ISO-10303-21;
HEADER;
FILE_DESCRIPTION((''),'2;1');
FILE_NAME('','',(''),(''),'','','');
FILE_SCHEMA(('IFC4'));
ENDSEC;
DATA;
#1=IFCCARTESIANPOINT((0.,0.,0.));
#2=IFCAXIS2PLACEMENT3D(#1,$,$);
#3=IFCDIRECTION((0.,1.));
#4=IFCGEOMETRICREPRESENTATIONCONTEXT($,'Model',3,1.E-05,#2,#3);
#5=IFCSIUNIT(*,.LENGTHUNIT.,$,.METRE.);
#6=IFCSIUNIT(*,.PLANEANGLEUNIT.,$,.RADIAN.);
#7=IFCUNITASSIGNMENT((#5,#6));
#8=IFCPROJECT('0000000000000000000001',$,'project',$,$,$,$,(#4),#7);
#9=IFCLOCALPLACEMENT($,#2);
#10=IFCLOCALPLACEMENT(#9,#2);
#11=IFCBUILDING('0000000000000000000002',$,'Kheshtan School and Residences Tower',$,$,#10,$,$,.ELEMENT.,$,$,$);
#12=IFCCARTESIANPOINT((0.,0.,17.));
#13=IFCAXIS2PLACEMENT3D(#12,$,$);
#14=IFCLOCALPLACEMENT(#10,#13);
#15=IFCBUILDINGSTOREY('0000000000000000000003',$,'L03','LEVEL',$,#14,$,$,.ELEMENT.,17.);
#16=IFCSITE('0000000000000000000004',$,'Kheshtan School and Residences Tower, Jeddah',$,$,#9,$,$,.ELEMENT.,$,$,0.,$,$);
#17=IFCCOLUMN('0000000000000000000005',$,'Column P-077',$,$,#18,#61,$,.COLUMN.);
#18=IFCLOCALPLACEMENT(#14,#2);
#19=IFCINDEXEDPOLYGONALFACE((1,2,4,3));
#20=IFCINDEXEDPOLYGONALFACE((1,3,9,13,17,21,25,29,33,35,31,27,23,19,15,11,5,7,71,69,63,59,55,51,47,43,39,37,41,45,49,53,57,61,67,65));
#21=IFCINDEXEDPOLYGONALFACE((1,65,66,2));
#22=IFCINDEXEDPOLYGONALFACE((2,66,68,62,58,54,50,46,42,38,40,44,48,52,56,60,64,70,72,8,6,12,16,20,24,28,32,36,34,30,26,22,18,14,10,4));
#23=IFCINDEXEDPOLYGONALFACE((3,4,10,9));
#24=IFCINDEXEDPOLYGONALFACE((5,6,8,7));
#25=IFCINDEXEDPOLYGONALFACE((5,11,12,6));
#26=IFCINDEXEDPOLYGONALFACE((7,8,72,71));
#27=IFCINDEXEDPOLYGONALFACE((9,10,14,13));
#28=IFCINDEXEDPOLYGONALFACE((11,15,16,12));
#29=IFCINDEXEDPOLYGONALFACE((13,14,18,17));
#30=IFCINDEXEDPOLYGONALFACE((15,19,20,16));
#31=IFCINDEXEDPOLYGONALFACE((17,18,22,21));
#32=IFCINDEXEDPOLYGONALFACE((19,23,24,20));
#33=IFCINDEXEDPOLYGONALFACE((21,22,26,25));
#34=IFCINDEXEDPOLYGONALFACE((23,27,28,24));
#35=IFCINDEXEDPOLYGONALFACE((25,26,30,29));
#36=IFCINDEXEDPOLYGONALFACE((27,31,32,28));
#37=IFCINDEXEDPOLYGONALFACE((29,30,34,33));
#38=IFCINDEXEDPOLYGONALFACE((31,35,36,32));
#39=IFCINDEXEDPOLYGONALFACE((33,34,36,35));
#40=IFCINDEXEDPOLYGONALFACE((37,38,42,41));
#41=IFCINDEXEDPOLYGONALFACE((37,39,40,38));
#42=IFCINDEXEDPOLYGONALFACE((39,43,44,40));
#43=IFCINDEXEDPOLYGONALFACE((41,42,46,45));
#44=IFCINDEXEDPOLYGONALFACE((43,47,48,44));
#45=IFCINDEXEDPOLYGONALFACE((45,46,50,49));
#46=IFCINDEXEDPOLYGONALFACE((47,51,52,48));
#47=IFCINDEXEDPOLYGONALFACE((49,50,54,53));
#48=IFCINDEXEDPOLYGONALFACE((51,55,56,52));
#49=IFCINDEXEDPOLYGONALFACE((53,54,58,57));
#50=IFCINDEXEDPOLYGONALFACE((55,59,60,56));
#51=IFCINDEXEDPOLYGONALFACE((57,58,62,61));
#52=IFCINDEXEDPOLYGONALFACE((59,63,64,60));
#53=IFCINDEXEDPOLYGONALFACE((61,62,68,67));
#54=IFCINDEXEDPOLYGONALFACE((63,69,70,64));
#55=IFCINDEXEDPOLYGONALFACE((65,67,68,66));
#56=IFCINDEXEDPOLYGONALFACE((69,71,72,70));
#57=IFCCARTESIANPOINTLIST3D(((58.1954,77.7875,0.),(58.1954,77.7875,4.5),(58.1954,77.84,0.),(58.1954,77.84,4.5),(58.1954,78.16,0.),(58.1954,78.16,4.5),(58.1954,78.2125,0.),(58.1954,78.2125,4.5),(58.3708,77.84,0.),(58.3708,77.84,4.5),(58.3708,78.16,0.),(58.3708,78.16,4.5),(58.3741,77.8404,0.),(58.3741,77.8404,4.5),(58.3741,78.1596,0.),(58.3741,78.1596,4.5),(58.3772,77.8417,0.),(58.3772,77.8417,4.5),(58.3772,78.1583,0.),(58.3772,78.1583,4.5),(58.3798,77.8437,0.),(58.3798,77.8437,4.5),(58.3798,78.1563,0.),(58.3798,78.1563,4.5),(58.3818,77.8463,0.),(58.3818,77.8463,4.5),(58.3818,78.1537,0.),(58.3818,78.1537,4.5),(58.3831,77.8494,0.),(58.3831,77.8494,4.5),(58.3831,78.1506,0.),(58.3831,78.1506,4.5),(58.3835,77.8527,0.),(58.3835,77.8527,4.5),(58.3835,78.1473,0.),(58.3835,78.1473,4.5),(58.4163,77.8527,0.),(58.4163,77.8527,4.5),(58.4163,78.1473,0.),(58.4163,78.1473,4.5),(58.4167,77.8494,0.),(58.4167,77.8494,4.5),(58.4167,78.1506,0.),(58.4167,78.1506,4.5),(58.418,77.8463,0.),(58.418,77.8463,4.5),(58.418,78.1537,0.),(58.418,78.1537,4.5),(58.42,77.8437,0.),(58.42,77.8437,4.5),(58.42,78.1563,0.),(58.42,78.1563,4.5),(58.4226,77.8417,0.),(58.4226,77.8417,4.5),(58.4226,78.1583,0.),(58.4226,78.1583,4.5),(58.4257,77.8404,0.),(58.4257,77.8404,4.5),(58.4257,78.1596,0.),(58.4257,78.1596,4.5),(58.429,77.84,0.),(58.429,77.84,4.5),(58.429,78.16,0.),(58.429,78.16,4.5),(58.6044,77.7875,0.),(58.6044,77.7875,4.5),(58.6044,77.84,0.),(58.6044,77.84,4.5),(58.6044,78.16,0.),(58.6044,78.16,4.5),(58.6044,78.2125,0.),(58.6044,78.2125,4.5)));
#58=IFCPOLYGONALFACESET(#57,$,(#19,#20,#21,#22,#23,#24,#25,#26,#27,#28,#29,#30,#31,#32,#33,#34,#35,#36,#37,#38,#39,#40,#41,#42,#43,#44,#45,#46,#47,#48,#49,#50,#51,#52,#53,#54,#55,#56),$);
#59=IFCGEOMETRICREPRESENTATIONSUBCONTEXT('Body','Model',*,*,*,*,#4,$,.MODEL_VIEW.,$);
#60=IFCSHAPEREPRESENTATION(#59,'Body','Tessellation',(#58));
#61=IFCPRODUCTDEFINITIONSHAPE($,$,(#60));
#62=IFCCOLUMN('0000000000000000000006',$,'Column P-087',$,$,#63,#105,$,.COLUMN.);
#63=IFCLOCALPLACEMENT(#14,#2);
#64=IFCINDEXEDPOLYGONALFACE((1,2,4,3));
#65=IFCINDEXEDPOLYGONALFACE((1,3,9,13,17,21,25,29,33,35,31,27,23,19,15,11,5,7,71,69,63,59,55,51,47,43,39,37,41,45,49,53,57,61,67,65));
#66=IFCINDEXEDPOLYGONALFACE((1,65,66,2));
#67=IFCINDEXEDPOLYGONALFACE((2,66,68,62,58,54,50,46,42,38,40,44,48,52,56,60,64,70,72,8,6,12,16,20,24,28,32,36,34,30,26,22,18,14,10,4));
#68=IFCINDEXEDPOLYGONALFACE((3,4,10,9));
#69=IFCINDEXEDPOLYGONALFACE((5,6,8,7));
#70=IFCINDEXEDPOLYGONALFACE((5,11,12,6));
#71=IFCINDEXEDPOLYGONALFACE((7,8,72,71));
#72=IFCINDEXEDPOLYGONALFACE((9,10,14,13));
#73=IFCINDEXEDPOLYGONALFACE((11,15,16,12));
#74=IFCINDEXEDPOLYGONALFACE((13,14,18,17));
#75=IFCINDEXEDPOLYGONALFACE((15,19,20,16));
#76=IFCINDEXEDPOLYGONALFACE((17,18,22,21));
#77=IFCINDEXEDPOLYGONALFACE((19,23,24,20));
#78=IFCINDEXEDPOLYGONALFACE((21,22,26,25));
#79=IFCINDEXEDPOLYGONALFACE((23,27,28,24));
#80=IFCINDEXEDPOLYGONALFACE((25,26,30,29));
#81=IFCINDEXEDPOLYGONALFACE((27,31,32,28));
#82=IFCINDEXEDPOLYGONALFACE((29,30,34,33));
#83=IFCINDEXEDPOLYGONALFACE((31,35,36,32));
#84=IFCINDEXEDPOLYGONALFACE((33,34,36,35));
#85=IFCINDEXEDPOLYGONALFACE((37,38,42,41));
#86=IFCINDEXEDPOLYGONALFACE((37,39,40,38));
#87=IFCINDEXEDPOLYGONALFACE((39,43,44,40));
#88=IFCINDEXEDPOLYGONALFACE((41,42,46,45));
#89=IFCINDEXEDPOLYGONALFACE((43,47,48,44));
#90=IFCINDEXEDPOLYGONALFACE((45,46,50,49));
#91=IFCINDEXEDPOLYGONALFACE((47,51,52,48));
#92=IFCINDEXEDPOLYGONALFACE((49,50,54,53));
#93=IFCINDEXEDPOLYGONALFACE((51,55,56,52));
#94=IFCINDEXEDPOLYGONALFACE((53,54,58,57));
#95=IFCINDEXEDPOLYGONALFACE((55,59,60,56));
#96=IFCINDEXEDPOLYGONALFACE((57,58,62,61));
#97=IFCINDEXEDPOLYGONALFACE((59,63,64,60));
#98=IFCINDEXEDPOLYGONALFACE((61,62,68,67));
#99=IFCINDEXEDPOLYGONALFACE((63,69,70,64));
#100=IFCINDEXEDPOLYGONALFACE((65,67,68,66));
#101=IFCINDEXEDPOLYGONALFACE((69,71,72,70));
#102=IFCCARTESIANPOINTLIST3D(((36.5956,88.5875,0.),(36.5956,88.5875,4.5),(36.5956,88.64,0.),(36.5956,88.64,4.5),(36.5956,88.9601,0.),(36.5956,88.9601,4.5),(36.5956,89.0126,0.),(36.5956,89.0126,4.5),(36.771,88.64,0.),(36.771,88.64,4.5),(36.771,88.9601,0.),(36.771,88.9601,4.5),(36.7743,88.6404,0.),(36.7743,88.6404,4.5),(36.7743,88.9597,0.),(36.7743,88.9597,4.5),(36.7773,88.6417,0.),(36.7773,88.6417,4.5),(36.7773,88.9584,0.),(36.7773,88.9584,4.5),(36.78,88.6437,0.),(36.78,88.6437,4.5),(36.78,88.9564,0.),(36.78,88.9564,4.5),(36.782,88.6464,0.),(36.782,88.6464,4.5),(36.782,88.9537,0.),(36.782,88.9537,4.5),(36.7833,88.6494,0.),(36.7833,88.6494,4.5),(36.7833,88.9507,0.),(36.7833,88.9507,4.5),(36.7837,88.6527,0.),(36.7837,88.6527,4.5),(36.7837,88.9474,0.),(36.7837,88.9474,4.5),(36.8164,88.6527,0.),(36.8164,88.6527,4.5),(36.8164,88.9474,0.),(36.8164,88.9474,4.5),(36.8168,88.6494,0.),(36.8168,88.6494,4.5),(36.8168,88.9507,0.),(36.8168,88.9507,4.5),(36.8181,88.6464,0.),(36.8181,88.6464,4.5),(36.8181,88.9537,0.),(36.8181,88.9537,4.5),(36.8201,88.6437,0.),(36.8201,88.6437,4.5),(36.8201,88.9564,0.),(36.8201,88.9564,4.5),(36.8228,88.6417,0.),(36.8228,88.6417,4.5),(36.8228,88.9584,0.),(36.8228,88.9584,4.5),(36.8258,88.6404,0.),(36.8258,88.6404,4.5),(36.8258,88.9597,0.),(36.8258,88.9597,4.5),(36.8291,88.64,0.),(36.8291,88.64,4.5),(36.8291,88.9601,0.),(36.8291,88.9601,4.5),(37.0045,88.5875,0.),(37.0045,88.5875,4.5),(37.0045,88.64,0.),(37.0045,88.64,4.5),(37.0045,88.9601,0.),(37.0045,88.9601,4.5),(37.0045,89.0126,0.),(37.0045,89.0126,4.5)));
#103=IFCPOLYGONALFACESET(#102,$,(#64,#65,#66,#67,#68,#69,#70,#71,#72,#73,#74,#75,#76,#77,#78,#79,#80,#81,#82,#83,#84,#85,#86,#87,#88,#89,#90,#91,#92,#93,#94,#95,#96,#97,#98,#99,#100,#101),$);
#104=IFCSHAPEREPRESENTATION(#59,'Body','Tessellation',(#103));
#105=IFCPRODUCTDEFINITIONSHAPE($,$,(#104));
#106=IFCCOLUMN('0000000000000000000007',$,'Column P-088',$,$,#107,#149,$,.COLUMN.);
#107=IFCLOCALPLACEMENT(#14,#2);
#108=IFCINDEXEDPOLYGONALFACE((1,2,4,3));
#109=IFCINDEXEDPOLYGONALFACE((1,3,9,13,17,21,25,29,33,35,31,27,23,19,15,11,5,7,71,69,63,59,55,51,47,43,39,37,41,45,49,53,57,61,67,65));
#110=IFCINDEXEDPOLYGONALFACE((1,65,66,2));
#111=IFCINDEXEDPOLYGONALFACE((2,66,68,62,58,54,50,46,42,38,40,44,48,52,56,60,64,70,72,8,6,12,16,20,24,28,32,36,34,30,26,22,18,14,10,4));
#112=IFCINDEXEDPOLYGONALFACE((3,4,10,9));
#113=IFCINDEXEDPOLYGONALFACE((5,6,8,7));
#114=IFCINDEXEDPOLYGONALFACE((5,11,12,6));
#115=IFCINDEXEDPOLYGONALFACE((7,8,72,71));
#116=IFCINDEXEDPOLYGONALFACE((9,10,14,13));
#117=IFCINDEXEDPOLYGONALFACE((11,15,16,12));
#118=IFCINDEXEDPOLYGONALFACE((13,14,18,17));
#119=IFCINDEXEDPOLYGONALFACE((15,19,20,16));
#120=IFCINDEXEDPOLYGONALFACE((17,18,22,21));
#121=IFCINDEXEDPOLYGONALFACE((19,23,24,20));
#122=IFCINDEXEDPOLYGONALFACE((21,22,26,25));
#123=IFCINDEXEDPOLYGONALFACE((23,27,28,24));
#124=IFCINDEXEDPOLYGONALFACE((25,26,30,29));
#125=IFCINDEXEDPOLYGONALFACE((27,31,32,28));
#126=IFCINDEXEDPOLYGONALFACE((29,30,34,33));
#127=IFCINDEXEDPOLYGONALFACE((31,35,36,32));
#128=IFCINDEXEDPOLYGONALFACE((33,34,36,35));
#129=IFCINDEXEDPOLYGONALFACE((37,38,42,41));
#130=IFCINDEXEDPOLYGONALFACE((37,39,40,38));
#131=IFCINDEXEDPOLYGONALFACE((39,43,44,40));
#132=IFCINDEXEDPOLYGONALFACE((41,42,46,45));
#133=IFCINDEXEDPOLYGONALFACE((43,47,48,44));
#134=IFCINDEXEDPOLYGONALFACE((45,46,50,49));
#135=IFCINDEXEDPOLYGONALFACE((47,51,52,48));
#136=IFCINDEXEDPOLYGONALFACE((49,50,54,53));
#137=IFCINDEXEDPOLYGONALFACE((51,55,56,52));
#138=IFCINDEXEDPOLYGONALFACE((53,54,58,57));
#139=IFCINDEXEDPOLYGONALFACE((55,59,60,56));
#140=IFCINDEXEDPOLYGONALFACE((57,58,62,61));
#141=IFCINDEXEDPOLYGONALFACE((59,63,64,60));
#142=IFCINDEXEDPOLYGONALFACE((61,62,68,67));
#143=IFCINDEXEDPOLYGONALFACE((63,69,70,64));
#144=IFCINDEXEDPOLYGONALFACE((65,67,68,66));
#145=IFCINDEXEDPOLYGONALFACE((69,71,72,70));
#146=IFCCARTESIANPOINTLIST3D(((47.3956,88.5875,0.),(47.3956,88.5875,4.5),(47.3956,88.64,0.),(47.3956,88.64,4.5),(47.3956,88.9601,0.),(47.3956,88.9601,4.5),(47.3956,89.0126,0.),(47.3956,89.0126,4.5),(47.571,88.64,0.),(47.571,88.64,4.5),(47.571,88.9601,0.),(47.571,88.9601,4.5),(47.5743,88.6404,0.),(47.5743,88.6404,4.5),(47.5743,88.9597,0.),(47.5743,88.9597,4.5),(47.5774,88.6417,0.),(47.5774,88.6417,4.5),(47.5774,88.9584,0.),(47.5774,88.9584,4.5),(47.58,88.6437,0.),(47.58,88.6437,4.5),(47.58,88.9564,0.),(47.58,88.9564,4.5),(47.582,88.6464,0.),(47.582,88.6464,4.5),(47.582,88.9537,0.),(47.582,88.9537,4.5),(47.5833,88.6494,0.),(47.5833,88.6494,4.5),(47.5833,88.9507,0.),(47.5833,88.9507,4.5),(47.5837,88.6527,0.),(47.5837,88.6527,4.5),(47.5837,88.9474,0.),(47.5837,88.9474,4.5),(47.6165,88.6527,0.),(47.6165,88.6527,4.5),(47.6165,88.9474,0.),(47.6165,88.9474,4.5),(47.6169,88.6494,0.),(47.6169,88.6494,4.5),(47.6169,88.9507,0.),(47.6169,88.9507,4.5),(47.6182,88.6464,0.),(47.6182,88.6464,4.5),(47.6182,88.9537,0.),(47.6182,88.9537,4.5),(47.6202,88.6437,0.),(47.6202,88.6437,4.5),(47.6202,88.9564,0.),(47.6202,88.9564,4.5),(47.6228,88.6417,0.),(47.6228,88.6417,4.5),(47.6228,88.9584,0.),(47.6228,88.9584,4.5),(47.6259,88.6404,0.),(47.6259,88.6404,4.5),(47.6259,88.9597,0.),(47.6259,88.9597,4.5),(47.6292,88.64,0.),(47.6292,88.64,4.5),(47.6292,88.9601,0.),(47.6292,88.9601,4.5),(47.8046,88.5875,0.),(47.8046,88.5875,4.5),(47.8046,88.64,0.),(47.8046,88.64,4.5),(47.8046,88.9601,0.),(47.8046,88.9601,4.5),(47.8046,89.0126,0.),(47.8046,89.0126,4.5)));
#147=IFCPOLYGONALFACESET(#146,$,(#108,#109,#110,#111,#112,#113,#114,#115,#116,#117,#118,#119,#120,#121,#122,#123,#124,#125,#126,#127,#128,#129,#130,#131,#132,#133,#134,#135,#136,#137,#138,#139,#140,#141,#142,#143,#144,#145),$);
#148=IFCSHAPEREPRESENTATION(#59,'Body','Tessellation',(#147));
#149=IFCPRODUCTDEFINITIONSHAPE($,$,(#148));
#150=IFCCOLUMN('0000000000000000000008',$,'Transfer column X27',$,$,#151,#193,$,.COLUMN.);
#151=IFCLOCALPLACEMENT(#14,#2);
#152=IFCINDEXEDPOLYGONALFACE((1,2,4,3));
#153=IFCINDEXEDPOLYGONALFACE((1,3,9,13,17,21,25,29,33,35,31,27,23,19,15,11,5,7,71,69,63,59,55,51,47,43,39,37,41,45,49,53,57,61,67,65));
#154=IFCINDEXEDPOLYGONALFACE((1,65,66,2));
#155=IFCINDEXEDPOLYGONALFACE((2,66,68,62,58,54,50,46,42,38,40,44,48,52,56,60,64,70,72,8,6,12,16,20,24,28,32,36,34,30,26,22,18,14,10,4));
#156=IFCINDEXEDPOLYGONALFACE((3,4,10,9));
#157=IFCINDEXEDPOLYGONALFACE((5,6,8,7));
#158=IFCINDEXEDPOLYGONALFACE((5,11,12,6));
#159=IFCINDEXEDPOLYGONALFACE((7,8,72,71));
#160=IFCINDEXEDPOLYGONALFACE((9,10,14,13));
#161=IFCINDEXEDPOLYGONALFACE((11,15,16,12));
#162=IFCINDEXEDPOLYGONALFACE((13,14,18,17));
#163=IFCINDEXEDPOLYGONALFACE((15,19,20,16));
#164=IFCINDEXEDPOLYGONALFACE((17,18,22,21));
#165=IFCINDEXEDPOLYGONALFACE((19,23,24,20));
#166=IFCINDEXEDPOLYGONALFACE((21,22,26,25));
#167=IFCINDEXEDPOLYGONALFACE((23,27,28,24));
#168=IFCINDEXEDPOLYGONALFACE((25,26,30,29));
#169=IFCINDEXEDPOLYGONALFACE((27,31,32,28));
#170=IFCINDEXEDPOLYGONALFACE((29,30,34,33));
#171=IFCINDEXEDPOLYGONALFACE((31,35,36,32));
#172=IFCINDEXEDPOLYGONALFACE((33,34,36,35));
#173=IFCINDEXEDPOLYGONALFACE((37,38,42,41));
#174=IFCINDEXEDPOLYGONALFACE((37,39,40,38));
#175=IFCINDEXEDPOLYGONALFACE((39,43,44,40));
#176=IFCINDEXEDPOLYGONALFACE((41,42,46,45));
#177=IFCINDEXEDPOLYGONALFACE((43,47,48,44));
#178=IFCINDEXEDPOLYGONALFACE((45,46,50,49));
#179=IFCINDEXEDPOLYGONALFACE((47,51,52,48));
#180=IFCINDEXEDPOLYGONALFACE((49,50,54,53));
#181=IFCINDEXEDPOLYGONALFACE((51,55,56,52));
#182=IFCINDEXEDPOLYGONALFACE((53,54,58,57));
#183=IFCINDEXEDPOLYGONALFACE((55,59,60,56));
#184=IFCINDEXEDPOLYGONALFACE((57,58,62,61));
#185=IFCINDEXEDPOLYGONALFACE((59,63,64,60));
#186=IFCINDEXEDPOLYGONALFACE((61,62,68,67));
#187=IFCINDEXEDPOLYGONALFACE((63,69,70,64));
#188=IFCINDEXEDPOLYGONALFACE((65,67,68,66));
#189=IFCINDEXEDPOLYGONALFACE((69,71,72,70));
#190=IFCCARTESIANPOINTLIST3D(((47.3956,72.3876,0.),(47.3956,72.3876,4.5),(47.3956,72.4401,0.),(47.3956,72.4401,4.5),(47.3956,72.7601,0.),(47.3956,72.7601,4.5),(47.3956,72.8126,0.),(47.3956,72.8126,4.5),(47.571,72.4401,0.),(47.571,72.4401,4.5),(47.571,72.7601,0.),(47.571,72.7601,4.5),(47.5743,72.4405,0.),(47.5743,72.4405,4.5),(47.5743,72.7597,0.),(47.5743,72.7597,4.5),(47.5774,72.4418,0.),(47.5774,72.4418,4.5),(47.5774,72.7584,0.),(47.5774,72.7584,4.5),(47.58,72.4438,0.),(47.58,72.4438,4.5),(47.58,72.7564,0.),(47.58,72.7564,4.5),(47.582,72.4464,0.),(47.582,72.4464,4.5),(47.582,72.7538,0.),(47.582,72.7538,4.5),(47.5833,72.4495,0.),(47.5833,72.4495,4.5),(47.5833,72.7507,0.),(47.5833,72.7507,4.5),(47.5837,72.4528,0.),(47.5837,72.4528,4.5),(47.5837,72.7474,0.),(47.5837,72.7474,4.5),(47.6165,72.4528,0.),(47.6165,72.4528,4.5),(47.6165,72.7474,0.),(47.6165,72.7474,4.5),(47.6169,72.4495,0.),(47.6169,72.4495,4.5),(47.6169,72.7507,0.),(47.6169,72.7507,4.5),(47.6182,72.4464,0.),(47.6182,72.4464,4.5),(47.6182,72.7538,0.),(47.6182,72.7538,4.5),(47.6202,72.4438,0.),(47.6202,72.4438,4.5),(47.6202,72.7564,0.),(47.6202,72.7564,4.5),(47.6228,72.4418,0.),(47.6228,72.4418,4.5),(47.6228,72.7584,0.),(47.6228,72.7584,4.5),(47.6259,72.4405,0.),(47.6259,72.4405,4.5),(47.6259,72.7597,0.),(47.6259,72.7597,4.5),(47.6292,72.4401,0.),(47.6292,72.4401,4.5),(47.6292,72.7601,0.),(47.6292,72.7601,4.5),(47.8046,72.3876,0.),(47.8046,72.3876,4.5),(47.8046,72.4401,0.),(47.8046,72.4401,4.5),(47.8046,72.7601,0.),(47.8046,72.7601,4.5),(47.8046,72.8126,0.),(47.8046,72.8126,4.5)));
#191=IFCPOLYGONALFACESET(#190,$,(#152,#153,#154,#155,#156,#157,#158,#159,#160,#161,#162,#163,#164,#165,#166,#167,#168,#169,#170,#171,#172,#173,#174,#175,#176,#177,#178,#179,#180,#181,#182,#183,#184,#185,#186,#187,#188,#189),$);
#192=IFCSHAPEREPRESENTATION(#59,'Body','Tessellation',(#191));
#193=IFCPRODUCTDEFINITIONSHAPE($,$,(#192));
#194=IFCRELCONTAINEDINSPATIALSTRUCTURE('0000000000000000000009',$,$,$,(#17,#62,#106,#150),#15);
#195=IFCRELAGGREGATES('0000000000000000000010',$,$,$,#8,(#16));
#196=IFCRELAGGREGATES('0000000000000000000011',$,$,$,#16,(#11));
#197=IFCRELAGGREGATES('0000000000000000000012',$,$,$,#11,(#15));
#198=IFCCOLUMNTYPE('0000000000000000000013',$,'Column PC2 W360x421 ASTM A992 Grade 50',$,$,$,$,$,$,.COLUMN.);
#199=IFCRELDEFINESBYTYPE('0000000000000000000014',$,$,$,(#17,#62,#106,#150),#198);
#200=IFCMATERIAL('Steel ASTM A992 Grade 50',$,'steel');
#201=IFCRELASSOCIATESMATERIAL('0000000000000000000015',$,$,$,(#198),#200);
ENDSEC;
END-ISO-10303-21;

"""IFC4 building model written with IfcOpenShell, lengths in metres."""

from ifc_helpers import new_model, si_unit, direction, frame, origin, origin_2d, place, context, subcontext, project, spatial, i_section, extrude, material, material_profile, profile_set, type_object, element, save


model = new_model("IFC4")

# Units and contexts
model_context = context("Model", 3, precision=1e-05, world=origin(), true_north=direction((0.0, 1.0)))
body_context = subcontext(model_context, "Body", "Model", "MODEL_VIEW")
ifc_project = project(units=[si_unit("LENGTHUNIT", "METRE"), si_unit("PLANEANGLEUNIT", "RADIAN")], contexts=[model_context])

# Site, building, storey
site_placement = place(None, origin())
site = spatial("IfcSite", under=ifc_project, at=site_placement, Name="Kheshtan School and Residences Tower, Jeddah", CompositionType="ELEMENT", RefElevation=0.0)
building_placement = place(site_placement, origin())
building = spatial("IfcBuilding", under=site, at=building_placement, Name="Kheshtan School and Residences Tower", CompositionType="ELEMENT")
storey_placement = place(building_placement, frame((0.0, 0.0, 17.0)))
storey = spatial("IfcBuildingStorey", under=building, at=storey_placement, Name="L03", Description="LEVEL", CompositionType="ELEMENT", Elevation=17.0)

# Columns
ifc_material_1 = material(Name="Steel ASTM A992 Grade 50", Category="steel")
ifc_material_profile_1 = material_profile(ifc_material_1, i_section(OverallWidth=0.4089, OverallDepth=0.425, WebThickness=0.0327, FlangeThickness=0.0525, FilletRadius=0.0127, at=origin_2d()), Name="W360x421")
ifc_profile_set_1 = profile_set([ifc_material_profile_1], Name="Steel ASTM A992 Grade 50")
column_type = type_object("IfcColumnType", Name="Column PC2 W360x421 ASTM A992 Grade 50", PredefinedType="COLUMN", material=ifc_profile_set_1)
for number, where, z_axis, x_axis, name in (
    (1, (58.3999, 78.0, 0.0), (0.0, 0.0, 1.0), (1.0, 0.0, 0.0), "Column P-077"),
    (2, (36.8, 88.8, 0.0), (0.0, 0.0, 1.0), (1.0, 0.0, 0.0), "Column P-087"),
    (3, (47.6001, 88.8, 0.0), (0.0, 0.0, 1.0), (1.0, 0.0, 0.0), "Column P-088"),
    (4, (47.6001, 72.6001, 0.0), (0.0, 0.0, 1.0), (1.0, 0.0, 0.0), "Transfer column X27"),
):
    element("IfcColumn", number, at=place(storey_placement, frame(where, z_axis=z_axis, x_axis=x_axis)), inside=storey, type_object=column_type, Name=name, PredefinedType="COLUMN", context=body_context, shape_type="SweptSolid", body=[
        extrude(i_section(OverallWidth=0.4089, OverallDepth=0.425, WebThickness=0.0327, FlangeThickness=0.0525, FilletRadius=0.0127, at=origin_2d()), origin(), (0.0, 0.0, 1.0), 4.5),
    ])

save(model, "model.ifc")
